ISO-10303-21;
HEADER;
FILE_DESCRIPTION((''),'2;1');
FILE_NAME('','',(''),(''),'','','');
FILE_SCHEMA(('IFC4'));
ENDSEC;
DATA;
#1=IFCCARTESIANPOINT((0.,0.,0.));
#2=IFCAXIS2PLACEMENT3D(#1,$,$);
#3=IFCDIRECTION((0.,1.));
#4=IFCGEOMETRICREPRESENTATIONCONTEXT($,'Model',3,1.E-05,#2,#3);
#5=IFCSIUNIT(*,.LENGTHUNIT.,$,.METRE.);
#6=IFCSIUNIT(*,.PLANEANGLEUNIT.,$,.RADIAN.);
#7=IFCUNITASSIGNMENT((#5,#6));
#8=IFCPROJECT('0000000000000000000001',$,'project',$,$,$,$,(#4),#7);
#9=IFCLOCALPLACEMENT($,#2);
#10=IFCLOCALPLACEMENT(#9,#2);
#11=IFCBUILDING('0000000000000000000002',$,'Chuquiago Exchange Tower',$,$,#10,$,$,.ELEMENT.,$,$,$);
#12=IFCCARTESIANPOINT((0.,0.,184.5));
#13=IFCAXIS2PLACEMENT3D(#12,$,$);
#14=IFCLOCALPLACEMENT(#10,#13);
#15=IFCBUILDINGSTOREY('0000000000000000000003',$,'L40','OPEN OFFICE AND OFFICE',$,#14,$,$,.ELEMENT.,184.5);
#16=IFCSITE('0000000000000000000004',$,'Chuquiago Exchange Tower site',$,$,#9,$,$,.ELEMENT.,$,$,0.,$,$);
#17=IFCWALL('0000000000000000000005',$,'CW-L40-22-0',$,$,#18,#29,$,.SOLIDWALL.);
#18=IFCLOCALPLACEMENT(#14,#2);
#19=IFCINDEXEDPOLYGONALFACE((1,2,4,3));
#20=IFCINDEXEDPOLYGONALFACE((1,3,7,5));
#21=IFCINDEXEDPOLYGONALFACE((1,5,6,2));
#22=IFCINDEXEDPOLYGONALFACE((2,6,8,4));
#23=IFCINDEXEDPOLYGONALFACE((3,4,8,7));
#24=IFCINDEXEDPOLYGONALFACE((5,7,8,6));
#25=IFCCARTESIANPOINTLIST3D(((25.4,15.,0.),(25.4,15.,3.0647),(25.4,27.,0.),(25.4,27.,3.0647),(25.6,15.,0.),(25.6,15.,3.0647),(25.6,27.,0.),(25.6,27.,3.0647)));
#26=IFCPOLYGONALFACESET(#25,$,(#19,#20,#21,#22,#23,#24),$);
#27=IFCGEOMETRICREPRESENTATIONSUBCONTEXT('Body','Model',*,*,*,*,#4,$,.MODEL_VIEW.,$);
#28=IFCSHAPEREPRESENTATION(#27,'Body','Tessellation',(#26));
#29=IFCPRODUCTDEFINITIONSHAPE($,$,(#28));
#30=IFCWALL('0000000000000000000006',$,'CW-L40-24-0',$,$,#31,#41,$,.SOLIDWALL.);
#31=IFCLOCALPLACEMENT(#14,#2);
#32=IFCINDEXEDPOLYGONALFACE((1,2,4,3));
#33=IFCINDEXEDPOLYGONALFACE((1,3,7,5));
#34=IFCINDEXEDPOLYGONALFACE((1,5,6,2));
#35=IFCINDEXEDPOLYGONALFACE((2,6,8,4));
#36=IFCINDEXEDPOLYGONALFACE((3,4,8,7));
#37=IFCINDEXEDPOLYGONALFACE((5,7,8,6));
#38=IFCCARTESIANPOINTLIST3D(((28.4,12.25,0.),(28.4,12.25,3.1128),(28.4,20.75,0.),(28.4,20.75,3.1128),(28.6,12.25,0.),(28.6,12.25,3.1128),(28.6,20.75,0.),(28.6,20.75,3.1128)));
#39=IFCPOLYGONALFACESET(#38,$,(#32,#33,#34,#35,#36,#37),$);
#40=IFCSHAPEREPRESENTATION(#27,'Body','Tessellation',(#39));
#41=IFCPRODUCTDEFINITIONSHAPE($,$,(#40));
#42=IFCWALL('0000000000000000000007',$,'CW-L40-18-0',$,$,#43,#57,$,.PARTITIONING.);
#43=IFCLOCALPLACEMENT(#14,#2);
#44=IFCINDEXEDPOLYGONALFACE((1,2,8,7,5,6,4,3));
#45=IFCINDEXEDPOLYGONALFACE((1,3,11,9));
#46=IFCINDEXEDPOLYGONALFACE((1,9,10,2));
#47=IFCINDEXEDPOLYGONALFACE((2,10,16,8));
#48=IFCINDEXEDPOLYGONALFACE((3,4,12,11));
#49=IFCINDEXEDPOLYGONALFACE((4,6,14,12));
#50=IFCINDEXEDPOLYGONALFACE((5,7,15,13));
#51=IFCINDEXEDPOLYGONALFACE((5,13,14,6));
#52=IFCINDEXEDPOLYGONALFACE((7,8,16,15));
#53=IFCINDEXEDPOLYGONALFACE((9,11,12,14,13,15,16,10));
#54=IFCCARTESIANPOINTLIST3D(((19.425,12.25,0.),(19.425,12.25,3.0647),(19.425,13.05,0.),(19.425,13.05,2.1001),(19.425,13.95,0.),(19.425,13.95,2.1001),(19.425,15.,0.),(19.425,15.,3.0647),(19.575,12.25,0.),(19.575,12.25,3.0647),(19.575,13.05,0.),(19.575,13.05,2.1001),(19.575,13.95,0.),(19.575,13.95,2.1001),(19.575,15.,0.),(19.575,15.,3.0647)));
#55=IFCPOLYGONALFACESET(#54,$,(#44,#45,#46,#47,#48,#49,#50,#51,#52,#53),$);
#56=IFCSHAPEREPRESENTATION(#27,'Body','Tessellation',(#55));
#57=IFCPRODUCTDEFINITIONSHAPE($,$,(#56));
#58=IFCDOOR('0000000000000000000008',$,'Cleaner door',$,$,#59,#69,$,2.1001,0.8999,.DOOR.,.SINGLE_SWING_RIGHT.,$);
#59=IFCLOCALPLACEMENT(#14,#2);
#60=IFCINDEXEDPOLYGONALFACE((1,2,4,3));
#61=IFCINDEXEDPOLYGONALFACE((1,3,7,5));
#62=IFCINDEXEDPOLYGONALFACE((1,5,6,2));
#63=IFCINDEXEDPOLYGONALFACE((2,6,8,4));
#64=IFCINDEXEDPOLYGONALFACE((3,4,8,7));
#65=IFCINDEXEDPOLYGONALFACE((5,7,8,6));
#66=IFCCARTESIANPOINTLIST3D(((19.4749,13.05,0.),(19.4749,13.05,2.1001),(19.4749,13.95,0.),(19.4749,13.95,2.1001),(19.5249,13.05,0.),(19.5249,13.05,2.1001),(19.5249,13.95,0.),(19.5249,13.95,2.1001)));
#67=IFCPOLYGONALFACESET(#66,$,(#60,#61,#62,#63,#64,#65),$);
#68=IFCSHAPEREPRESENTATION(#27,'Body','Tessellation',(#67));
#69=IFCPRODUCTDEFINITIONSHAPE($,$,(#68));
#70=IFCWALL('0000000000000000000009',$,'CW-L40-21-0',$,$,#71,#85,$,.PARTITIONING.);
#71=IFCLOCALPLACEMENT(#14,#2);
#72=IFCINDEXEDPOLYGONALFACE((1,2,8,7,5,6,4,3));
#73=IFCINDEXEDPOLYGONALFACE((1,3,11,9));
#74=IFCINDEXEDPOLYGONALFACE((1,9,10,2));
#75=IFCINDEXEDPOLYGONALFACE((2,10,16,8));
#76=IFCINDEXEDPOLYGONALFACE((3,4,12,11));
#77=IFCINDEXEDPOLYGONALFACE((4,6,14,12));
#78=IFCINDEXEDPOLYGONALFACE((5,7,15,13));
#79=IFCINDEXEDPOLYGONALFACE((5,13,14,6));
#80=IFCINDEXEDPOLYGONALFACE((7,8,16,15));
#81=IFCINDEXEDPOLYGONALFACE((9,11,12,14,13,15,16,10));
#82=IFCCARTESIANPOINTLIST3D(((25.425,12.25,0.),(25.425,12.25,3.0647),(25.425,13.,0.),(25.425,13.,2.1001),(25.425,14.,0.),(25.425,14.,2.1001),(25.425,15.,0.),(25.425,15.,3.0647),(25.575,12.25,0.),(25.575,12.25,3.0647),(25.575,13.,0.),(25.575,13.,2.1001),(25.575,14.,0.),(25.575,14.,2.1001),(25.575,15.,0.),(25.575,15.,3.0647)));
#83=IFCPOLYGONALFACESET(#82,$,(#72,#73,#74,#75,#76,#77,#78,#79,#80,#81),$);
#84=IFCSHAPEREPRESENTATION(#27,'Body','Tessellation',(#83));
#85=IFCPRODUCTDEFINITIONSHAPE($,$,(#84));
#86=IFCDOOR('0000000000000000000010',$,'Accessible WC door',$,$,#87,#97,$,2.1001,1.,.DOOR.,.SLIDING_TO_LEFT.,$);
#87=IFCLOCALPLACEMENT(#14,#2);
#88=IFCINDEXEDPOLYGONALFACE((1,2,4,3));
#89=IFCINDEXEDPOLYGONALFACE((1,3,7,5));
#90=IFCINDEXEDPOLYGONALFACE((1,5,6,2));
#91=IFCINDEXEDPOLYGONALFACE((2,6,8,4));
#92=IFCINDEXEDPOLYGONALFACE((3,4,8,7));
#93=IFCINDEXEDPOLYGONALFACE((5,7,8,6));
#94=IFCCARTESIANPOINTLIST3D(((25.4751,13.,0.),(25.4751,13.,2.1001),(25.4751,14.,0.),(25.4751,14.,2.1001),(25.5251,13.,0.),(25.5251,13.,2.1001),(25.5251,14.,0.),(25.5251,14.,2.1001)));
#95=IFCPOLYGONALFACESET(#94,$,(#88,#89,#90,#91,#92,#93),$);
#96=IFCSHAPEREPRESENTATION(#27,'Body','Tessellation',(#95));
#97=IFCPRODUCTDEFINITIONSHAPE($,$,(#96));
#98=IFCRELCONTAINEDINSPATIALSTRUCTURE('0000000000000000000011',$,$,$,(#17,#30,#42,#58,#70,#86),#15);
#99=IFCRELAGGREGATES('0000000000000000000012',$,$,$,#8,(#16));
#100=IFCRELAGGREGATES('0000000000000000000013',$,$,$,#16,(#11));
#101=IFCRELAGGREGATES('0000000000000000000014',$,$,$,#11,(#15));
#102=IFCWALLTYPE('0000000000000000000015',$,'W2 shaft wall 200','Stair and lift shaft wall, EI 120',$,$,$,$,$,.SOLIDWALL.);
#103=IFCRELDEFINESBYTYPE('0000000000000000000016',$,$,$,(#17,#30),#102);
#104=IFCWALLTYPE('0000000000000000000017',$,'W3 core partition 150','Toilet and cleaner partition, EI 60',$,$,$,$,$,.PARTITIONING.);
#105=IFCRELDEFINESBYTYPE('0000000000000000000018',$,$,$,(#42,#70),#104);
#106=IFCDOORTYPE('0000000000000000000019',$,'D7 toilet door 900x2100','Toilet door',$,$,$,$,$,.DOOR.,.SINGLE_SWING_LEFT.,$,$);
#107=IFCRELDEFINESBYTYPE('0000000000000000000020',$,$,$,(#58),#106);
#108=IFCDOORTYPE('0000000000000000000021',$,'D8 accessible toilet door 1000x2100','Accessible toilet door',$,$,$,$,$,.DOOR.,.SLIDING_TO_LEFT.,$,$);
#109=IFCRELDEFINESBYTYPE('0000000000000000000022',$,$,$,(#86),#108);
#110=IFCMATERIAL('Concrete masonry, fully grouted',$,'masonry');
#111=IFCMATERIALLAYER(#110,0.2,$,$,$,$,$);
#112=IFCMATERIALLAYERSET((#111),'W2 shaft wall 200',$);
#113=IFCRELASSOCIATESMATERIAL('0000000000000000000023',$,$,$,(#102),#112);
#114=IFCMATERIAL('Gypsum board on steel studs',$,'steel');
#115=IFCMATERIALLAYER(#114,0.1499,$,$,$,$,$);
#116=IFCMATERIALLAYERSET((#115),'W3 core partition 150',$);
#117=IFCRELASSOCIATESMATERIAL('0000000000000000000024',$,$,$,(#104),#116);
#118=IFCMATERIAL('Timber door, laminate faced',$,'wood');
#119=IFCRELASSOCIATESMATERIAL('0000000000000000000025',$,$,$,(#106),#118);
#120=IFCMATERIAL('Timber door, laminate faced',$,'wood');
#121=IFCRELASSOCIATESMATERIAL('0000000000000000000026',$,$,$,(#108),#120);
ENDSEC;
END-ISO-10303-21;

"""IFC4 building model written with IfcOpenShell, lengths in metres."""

from ifc_helpers import new_model, si_unit, direction, frame, frame_2d, origin, place, context, subcontext, project, spatial, rectangle, extrude, material, layer, layer_set, type_object, element, fill, save


model = new_model("IFC4")

# Units and contexts
model_context = context("Model", 3, precision=1e-05, world=origin(), true_north=direction((0.0, 1.0)))
body_context = subcontext(model_context, "Body", "Model", "MODEL_VIEW")
ifc_project = project(units=[si_unit("LENGTHUNIT", "METRE"), si_unit("PLANEANGLEUNIT", "RADIAN")], contexts=[model_context])

# Site, building, storey
site_placement = place(None, origin())
site = spatial("IfcSite", under=ifc_project, at=site_placement, Name="Chuquiago Exchange Tower site", CompositionType="ELEMENT", RefElevation=0.0)
building_placement = place(site_placement, origin())
building = spatial("IfcBuilding", under=site, at=building_placement, Name="Chuquiago Exchange Tower", CompositionType="ELEMENT")
storey_placement = place(building_placement, frame((0.0, 0.0, 184.5)))
storey = spatial("IfcBuildingStorey", under=building, at=storey_placement, Name="L40", Description="OPEN OFFICE AND OFFICE", CompositionType="ELEMENT", Elevation=184.5)

# Shared definitions
ifc_material_1 = material(Name="Concrete masonry, fully grouted", Category="masonry")
ifc_layer_1 = layer(ifc_material_1, 0.2)
ifc_layer_set_1 = layer_set([ifc_layer_1], Name="W2 shaft wall 200")
wall_type_1 = type_object("IfcWallType", Name="W2 shaft wall 200", Description="Stair and lift shaft wall, EI 120", PredefinedType="SOLIDWALL", material=ifc_layer_set_1)

# Walls
wall_1_placement = place(storey_placement, frame((25.5, 15.0, 0.0), z_axis=(0.0, 0.0, 1.0), x_axis=(0.0, 1.0, 0.0)))
element("IfcWall", 1, at=wall_1_placement, inside=storey, type_object=wall_type_1, Name="CW-L40-22-0", PredefinedType="SOLIDWALL", context=body_context, shape_type="SweptSolid", body=[
    extrude(rectangle(XDim=12.0, YDim=0.2, at=frame_2d((6.0, 0.0))), origin(), (0.0, 0.0, 1.0), 3.0647),
])
wall_2_placement = place(storey_placement, frame((28.5, 12.25, 0.0), z_axis=(0.0, 0.0, 1.0), x_axis=(0.0, 1.0, 0.0)))
element("IfcWall", 2, at=wall_2_placement, inside=storey, type_object=wall_type_1, Name="CW-L40-24-0", PredefinedType="SOLIDWALL", context=body_context, shape_type="SweptSolid", body=[
    extrude(rectangle(XDim=8.5, YDim=0.2, at=frame_2d((4.25, 0.0))), origin(), (0.0, 0.0, 1.0), 3.1128),
])

# Walls, openings, doors
ifc_material_2 = material(Name="Gypsum board on steel studs", Category="steel")
ifc_layer_2 = layer(ifc_material_2, 0.1499)
ifc_layer_set_2 = layer_set([ifc_layer_2], Name="W3 core partition 150")
wall_type_2 = type_object("IfcWallType", Name="W3 core partition 150", Description="Toilet and cleaner partition, EI 60", PredefinedType="PARTITIONING", material=ifc_layer_set_2)
wall_3_placement = place(storey_placement, frame((19.5, 12.25, 0.0), z_axis=(0.0, 0.0, 1.0), x_axis=(0.0, 1.0, 0.0)))
wall_3 = element("IfcWall", 3, at=wall_3_placement, inside=storey, type_object=wall_type_2, Name="CW-L40-18-0", PredefinedType="PARTITIONING", context=body_context, shape_type="SweptSolid", body=[
    extrude(rectangle(XDim=2.75, YDim=0.1499, at=frame_2d((1.375, 0.0))), origin(), (0.0, 0.0, 1.0), 3.0647),
])
opening_1_placement = place(wall_3_placement, frame((0.8, 0.0, 0.0)))
opening_1 = element("IfcOpeningElement", 4, at=opening_1_placement, cuts=wall_3, PredefinedType="OPENING", context=body_context, shape_type="SweptSolid", body=[
    extrude(rectangle(XDim=0.8999, YDim=2.1001, at=frame_2d((0.45, 1.05))), frame((0.0, 0.085, 0.0), z_axis=(0.0, -1.0, 0.0), x_axis=(1.0, 0.0, 0.0)), (0.0, 0.0, 1.0), 0.1699),
])
ifc_material_3 = material(Name="Timber door, laminate faced", Category="wood")
door_type_1 = type_object("IfcDoorType", Name="D7 toilet door 900x2100", Description="Toilet door", OperationType="SINGLE_SWING_LEFT", PredefinedType="DOOR", material=ifc_material_3)
door_1_placement = place(opening_1_placement, frame((0.8999, 0.0, 0.0), z_axis=(0.0, 0.0, 1.0), x_axis=(-1.0, 0.0, 0.0)))
door_1 = element("IfcDoor", 5, at=door_1_placement, inside=storey, type_object=door_type_1, Name="Cleaner door", OperationType="SINGLE_SWING_RIGHT", OverallHeight=2.1001, OverallWidth=0.8999, PredefinedType="DOOR", context=body_context, shape_type="SweptSolid", body=[
    extrude(rectangle(XDim=0.8999, YDim=2.1001, at=frame_2d((0.45, 1.05))), frame((0.0, 0.0249, 0.0), z_axis=(0.0, -1.0, 0.0), x_axis=(1.0, 0.0, 0.0)), (0.0, 0.0, 1.0), 0.05),
])
fill(opening_1, door_1)
wall_4_placement = place(storey_placement, frame((25.5, 12.25, 0.0), z_axis=(0.0, 0.0, 1.0), x_axis=(0.0, 1.0, 0.0)))
wall_4 = element("IfcWall", 6, at=wall_4_placement, inside=storey, type_object=wall_type_2, Name="CW-L40-21-0", PredefinedType="PARTITIONING", context=body_context, shape_type="SweptSolid", body=[
    extrude(rectangle(XDim=2.75, YDim=0.1499, at=frame_2d((1.375, 0.0))), origin(), (0.0, 0.0, 1.0), 3.0647),
])
opening_2_placement = place(wall_4_placement, frame((0.75, 0.0, 0.0)))
opening_2 = element("IfcOpeningElement", 7, at=opening_2_placement, cuts=wall_4, PredefinedType="OPENING", context=body_context, shape_type="SweptSolid", body=[
    extrude(rectangle(XDim=1.0, YDim=2.1001, at=frame_2d((0.5, 1.05))), frame((0.0, 0.085, 0.0), z_axis=(0.0, -1.0, 0.0), x_axis=(1.0, 0.0, 0.0)), (0.0, 0.0, 1.0), 0.1699),
])
ifc_material_4 = material(Name="Timber door, laminate faced", Category="wood")
door_type_2 = type_object("IfcDoorType", Name="D8 accessible toilet door 1000x2100", Description="Accessible toilet door", OperationType="SLIDING_TO_LEFT", PredefinedType="DOOR", material=ifc_material_4)
door_2_placement = place(opening_2_placement, origin())
door_2 = element("IfcDoor", 8, at=door_2_placement, inside=storey, type_object=door_type_2, Name="Accessible WC door", OperationType="SLIDING_TO_LEFT", OverallHeight=2.1001, OverallWidth=1.0, PredefinedType="DOOR", context=body_context, shape_type="SweptSolid", body=[
    extrude(rectangle(XDim=1.0, YDim=2.1001, at=frame_2d((0.5, 1.05))), frame((0.0, 0.0249, 0.0), z_axis=(0.0, -1.0, 0.0), x_axis=(1.0, 0.0, 0.0)), (0.0, 0.0, 1.0), 0.05),
])
fill(opening_2, door_2)

save(model, "model.ifc")
